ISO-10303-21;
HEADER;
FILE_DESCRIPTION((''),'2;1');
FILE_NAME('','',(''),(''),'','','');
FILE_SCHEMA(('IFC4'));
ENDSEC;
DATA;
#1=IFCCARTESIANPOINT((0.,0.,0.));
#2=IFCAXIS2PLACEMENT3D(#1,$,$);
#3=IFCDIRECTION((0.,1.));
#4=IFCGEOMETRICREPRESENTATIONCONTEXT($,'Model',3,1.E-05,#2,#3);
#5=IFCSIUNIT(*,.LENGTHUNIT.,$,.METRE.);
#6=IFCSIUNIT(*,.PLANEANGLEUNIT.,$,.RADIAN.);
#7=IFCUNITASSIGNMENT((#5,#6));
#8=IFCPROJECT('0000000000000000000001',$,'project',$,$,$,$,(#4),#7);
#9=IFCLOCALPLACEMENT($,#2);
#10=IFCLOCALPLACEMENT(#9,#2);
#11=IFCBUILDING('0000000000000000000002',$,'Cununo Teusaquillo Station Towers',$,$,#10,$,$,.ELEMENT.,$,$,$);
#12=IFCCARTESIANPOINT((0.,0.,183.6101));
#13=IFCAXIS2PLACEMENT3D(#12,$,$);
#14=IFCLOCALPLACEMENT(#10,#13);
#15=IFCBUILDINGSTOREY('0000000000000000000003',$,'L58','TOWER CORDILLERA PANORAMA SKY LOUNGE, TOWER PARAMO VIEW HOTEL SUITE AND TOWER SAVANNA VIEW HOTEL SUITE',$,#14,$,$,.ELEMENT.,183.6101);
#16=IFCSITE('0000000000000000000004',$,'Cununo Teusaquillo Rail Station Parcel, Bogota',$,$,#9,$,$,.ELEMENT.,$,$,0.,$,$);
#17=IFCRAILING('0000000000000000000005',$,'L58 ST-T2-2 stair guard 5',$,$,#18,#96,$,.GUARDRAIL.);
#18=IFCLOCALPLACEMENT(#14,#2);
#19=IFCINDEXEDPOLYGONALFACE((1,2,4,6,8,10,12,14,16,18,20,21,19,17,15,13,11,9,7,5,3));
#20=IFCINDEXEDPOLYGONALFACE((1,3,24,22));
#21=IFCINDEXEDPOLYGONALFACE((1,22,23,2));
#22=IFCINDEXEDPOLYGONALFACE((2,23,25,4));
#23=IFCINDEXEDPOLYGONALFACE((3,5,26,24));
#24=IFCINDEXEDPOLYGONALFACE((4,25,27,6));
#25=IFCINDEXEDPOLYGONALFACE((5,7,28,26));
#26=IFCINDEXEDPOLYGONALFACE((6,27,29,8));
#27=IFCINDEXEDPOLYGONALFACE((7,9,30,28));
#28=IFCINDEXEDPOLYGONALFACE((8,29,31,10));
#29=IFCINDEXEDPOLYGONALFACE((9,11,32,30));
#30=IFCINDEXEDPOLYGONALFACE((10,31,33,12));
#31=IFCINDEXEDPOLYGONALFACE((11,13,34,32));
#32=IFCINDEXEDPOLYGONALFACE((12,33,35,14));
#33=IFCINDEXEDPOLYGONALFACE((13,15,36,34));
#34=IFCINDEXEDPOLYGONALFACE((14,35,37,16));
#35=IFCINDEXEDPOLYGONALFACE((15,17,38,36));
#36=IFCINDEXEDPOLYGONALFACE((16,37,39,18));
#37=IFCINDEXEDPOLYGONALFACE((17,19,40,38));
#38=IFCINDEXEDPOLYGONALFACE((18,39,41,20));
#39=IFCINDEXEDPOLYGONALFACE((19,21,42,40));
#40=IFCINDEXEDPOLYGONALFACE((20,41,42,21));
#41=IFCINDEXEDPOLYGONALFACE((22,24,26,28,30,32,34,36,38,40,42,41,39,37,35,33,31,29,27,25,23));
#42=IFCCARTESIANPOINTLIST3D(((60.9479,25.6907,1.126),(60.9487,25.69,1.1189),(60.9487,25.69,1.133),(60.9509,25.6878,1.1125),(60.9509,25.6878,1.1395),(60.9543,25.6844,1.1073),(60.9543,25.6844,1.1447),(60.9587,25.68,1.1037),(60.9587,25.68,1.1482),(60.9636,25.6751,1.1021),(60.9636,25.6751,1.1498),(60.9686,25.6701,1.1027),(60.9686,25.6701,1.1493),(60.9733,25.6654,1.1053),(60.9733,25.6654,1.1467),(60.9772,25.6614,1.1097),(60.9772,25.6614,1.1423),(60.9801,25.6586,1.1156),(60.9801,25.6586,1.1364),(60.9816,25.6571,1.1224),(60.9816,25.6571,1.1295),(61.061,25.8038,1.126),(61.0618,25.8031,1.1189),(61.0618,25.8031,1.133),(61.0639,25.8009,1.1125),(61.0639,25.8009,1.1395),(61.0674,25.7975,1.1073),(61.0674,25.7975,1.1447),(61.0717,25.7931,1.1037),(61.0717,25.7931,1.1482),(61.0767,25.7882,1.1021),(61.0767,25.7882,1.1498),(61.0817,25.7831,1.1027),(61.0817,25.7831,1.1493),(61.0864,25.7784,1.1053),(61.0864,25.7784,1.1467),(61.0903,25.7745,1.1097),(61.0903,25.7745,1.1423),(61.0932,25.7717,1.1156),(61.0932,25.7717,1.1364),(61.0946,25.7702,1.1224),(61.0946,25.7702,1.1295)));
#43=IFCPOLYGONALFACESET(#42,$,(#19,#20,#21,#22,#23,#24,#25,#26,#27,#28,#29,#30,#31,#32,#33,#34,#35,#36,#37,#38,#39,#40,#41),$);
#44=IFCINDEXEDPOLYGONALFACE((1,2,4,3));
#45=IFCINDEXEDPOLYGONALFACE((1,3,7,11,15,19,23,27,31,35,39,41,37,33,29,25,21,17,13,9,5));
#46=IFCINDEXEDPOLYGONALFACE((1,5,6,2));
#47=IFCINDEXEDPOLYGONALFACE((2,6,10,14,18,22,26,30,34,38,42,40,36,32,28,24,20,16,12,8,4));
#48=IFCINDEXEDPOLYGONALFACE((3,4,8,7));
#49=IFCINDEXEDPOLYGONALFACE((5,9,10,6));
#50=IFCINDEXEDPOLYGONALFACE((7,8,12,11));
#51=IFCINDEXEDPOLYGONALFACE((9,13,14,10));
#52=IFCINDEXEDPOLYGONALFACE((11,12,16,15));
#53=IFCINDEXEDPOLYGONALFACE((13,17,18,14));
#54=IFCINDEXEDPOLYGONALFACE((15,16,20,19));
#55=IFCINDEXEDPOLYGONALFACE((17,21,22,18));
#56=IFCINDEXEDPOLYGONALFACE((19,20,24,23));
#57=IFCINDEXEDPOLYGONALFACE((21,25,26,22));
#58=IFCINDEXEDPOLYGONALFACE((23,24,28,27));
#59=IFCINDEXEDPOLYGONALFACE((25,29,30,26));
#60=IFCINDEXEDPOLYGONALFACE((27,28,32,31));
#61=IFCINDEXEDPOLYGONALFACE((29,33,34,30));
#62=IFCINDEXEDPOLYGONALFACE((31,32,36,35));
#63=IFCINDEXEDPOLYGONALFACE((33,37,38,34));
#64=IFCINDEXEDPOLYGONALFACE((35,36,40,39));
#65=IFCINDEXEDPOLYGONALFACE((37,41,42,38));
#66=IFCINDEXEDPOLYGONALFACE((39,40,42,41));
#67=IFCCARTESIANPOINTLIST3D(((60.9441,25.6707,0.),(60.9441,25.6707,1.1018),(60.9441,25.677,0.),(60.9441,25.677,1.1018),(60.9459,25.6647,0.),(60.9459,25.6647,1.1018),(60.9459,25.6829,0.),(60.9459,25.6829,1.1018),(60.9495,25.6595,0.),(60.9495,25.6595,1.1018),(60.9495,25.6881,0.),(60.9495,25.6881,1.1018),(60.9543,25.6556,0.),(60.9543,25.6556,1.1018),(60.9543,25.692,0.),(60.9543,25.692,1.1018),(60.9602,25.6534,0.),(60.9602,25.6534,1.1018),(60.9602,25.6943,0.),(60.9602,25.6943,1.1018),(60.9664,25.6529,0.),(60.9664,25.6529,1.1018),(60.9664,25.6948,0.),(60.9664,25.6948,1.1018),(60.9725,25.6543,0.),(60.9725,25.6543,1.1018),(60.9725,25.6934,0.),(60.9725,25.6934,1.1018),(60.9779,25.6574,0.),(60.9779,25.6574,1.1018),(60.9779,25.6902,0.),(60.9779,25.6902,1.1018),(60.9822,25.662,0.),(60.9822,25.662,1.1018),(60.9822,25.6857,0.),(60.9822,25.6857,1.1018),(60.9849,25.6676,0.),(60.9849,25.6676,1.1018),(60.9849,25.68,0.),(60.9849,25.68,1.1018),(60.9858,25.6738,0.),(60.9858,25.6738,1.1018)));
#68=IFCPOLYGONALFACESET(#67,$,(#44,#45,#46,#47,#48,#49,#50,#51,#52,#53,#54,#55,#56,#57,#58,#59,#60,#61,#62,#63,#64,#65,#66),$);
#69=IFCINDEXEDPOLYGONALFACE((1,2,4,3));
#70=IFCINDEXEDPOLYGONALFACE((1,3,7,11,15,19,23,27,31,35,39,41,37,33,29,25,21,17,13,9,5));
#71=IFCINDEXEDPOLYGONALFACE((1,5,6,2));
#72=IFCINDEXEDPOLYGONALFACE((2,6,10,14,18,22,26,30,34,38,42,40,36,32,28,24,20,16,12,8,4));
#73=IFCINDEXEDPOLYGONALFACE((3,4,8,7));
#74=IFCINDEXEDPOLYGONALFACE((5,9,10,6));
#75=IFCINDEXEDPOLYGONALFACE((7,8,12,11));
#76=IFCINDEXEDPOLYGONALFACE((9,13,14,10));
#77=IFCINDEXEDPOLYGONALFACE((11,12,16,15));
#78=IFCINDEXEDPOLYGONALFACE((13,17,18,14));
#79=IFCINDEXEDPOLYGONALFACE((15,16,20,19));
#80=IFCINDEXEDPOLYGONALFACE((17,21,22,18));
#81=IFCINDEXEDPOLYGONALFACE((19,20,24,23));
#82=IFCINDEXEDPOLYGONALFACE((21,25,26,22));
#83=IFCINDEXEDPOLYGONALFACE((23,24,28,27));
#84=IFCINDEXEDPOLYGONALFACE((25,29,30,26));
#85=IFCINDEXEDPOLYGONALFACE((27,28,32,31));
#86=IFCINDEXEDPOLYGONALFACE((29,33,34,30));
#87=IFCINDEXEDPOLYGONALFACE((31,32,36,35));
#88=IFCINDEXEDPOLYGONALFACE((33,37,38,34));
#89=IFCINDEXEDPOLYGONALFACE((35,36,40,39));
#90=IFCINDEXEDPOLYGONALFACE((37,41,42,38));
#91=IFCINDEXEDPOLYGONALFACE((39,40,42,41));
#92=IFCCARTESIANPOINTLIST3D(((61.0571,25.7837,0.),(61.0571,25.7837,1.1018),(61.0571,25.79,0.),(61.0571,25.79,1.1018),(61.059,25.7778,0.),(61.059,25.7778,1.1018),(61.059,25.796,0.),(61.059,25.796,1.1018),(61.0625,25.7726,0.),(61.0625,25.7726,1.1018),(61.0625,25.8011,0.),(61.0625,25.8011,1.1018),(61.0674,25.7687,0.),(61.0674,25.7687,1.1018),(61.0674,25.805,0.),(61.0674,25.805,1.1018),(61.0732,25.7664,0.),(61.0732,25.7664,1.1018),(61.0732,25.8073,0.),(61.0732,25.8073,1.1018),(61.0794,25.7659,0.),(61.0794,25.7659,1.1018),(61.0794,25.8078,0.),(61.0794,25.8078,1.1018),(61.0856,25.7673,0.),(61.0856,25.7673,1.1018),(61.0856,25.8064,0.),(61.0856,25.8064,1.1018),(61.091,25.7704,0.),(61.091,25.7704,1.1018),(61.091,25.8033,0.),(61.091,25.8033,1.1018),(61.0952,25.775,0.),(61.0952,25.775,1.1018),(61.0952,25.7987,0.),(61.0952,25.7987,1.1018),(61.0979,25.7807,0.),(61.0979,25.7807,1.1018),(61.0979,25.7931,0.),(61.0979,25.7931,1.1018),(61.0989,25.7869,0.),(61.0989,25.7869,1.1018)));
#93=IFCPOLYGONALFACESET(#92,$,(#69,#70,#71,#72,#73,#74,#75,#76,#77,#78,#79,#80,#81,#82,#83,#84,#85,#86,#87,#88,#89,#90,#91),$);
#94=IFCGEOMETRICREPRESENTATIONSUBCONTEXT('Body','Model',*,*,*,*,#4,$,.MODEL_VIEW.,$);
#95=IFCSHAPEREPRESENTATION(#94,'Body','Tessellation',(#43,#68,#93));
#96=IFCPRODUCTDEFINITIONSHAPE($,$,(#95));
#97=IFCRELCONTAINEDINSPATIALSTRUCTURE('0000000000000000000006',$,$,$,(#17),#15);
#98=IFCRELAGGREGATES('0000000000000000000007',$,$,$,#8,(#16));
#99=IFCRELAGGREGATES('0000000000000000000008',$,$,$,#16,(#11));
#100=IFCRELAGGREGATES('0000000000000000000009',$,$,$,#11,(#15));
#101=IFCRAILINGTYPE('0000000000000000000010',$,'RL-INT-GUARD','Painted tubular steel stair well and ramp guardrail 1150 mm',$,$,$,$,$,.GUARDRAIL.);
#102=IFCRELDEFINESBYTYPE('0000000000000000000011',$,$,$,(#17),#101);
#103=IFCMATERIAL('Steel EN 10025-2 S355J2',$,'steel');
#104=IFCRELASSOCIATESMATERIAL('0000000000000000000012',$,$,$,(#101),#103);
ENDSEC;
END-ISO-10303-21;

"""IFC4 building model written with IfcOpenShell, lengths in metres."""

from ifc_helpers import new_model, si_unit, direction, frame, origin, origin_2d, place, context, subcontext, project, spatial, circle, extrude, material, type_object, element, save


model = new_model("IFC4")

# Units and contexts
model_context = context("Model", 3, precision=1e-05, world=origin(), true_north=direction((0.0, 1.0)))
body_context = subcontext(model_context, "Body", "Model", "MODEL_VIEW")
ifc_project = project(units=[si_unit("LENGTHUNIT", "METRE"), si_unit("PLANEANGLEUNIT", "RADIAN")], contexts=[model_context])

# Site, building, storey
site_placement = place(None, origin())
site = spatial("IfcSite", under=ifc_project, at=site_placement, Name="Cununo Teusaquillo Rail Station Parcel, Bogota", CompositionType="ELEMENT", RefElevation=0.0)
building_placement = place(site_placement, origin())
building = spatial("IfcBuilding", under=site, at=building_placement, Name="Cununo Teusaquillo Station Towers", CompositionType="ELEMENT")
storey_placement = place(building_placement, frame((0.0, 0.0, 183.6101)))
storey = spatial("IfcBuildingStorey", under=building, at=storey_placement, Name="L58", Description="TOWER CORDILLERA PANORAMA SKY LOUNGE, TOWER PARAMO VIEW HOTEL SUITE AND TOWER SAVANNA VIEW HOTEL SUITE", CompositionType="ELEMENT", Elevation=183.6101)

# Railing
ifc_material_1 = material(Name="Steel EN 10025-2 S355J2", Category="steel")
railing_type_1 = type_object("IfcRailingType", Name="RL-INT-GUARD", Description="Painted tubular steel stair well and ramp guardrail 1150 mm", PredefinedType="GUARDRAIL", material=ifc_material_1)
railing_1_placement = place(storey_placement, frame((60.9648, 25.6738, 0.0)))
element("IfcRailing", 1, at=railing_1_placement, inside=storey, type_object=railing_type_1, Name="L58 ST-T2-2 stair guard 5", PredefinedType="GUARDRAIL", context=body_context, shape_type="SweptSolid", body=[
    extrude(circle(Radius=0.0239, at=origin_2d()), frame((0.0, 0.0, 1.126), z_axis=(0.707107, 0.707107, 0.0), x_axis=(-0.707107, 0.707107, 0.0)), (0.0, 0.0, 1.0), 0.1599),
    extrude(circle(Radius=0.021, at=origin_2d()), origin(), (0.0, 0.0, 1.0), 1.1018),
    extrude(circle(Radius=0.021, at=origin_2d()), frame((0.113, 0.113, 0.0)), (0.0, 0.0, 1.0), 1.1018),
])

save(model, "model.ifc")
